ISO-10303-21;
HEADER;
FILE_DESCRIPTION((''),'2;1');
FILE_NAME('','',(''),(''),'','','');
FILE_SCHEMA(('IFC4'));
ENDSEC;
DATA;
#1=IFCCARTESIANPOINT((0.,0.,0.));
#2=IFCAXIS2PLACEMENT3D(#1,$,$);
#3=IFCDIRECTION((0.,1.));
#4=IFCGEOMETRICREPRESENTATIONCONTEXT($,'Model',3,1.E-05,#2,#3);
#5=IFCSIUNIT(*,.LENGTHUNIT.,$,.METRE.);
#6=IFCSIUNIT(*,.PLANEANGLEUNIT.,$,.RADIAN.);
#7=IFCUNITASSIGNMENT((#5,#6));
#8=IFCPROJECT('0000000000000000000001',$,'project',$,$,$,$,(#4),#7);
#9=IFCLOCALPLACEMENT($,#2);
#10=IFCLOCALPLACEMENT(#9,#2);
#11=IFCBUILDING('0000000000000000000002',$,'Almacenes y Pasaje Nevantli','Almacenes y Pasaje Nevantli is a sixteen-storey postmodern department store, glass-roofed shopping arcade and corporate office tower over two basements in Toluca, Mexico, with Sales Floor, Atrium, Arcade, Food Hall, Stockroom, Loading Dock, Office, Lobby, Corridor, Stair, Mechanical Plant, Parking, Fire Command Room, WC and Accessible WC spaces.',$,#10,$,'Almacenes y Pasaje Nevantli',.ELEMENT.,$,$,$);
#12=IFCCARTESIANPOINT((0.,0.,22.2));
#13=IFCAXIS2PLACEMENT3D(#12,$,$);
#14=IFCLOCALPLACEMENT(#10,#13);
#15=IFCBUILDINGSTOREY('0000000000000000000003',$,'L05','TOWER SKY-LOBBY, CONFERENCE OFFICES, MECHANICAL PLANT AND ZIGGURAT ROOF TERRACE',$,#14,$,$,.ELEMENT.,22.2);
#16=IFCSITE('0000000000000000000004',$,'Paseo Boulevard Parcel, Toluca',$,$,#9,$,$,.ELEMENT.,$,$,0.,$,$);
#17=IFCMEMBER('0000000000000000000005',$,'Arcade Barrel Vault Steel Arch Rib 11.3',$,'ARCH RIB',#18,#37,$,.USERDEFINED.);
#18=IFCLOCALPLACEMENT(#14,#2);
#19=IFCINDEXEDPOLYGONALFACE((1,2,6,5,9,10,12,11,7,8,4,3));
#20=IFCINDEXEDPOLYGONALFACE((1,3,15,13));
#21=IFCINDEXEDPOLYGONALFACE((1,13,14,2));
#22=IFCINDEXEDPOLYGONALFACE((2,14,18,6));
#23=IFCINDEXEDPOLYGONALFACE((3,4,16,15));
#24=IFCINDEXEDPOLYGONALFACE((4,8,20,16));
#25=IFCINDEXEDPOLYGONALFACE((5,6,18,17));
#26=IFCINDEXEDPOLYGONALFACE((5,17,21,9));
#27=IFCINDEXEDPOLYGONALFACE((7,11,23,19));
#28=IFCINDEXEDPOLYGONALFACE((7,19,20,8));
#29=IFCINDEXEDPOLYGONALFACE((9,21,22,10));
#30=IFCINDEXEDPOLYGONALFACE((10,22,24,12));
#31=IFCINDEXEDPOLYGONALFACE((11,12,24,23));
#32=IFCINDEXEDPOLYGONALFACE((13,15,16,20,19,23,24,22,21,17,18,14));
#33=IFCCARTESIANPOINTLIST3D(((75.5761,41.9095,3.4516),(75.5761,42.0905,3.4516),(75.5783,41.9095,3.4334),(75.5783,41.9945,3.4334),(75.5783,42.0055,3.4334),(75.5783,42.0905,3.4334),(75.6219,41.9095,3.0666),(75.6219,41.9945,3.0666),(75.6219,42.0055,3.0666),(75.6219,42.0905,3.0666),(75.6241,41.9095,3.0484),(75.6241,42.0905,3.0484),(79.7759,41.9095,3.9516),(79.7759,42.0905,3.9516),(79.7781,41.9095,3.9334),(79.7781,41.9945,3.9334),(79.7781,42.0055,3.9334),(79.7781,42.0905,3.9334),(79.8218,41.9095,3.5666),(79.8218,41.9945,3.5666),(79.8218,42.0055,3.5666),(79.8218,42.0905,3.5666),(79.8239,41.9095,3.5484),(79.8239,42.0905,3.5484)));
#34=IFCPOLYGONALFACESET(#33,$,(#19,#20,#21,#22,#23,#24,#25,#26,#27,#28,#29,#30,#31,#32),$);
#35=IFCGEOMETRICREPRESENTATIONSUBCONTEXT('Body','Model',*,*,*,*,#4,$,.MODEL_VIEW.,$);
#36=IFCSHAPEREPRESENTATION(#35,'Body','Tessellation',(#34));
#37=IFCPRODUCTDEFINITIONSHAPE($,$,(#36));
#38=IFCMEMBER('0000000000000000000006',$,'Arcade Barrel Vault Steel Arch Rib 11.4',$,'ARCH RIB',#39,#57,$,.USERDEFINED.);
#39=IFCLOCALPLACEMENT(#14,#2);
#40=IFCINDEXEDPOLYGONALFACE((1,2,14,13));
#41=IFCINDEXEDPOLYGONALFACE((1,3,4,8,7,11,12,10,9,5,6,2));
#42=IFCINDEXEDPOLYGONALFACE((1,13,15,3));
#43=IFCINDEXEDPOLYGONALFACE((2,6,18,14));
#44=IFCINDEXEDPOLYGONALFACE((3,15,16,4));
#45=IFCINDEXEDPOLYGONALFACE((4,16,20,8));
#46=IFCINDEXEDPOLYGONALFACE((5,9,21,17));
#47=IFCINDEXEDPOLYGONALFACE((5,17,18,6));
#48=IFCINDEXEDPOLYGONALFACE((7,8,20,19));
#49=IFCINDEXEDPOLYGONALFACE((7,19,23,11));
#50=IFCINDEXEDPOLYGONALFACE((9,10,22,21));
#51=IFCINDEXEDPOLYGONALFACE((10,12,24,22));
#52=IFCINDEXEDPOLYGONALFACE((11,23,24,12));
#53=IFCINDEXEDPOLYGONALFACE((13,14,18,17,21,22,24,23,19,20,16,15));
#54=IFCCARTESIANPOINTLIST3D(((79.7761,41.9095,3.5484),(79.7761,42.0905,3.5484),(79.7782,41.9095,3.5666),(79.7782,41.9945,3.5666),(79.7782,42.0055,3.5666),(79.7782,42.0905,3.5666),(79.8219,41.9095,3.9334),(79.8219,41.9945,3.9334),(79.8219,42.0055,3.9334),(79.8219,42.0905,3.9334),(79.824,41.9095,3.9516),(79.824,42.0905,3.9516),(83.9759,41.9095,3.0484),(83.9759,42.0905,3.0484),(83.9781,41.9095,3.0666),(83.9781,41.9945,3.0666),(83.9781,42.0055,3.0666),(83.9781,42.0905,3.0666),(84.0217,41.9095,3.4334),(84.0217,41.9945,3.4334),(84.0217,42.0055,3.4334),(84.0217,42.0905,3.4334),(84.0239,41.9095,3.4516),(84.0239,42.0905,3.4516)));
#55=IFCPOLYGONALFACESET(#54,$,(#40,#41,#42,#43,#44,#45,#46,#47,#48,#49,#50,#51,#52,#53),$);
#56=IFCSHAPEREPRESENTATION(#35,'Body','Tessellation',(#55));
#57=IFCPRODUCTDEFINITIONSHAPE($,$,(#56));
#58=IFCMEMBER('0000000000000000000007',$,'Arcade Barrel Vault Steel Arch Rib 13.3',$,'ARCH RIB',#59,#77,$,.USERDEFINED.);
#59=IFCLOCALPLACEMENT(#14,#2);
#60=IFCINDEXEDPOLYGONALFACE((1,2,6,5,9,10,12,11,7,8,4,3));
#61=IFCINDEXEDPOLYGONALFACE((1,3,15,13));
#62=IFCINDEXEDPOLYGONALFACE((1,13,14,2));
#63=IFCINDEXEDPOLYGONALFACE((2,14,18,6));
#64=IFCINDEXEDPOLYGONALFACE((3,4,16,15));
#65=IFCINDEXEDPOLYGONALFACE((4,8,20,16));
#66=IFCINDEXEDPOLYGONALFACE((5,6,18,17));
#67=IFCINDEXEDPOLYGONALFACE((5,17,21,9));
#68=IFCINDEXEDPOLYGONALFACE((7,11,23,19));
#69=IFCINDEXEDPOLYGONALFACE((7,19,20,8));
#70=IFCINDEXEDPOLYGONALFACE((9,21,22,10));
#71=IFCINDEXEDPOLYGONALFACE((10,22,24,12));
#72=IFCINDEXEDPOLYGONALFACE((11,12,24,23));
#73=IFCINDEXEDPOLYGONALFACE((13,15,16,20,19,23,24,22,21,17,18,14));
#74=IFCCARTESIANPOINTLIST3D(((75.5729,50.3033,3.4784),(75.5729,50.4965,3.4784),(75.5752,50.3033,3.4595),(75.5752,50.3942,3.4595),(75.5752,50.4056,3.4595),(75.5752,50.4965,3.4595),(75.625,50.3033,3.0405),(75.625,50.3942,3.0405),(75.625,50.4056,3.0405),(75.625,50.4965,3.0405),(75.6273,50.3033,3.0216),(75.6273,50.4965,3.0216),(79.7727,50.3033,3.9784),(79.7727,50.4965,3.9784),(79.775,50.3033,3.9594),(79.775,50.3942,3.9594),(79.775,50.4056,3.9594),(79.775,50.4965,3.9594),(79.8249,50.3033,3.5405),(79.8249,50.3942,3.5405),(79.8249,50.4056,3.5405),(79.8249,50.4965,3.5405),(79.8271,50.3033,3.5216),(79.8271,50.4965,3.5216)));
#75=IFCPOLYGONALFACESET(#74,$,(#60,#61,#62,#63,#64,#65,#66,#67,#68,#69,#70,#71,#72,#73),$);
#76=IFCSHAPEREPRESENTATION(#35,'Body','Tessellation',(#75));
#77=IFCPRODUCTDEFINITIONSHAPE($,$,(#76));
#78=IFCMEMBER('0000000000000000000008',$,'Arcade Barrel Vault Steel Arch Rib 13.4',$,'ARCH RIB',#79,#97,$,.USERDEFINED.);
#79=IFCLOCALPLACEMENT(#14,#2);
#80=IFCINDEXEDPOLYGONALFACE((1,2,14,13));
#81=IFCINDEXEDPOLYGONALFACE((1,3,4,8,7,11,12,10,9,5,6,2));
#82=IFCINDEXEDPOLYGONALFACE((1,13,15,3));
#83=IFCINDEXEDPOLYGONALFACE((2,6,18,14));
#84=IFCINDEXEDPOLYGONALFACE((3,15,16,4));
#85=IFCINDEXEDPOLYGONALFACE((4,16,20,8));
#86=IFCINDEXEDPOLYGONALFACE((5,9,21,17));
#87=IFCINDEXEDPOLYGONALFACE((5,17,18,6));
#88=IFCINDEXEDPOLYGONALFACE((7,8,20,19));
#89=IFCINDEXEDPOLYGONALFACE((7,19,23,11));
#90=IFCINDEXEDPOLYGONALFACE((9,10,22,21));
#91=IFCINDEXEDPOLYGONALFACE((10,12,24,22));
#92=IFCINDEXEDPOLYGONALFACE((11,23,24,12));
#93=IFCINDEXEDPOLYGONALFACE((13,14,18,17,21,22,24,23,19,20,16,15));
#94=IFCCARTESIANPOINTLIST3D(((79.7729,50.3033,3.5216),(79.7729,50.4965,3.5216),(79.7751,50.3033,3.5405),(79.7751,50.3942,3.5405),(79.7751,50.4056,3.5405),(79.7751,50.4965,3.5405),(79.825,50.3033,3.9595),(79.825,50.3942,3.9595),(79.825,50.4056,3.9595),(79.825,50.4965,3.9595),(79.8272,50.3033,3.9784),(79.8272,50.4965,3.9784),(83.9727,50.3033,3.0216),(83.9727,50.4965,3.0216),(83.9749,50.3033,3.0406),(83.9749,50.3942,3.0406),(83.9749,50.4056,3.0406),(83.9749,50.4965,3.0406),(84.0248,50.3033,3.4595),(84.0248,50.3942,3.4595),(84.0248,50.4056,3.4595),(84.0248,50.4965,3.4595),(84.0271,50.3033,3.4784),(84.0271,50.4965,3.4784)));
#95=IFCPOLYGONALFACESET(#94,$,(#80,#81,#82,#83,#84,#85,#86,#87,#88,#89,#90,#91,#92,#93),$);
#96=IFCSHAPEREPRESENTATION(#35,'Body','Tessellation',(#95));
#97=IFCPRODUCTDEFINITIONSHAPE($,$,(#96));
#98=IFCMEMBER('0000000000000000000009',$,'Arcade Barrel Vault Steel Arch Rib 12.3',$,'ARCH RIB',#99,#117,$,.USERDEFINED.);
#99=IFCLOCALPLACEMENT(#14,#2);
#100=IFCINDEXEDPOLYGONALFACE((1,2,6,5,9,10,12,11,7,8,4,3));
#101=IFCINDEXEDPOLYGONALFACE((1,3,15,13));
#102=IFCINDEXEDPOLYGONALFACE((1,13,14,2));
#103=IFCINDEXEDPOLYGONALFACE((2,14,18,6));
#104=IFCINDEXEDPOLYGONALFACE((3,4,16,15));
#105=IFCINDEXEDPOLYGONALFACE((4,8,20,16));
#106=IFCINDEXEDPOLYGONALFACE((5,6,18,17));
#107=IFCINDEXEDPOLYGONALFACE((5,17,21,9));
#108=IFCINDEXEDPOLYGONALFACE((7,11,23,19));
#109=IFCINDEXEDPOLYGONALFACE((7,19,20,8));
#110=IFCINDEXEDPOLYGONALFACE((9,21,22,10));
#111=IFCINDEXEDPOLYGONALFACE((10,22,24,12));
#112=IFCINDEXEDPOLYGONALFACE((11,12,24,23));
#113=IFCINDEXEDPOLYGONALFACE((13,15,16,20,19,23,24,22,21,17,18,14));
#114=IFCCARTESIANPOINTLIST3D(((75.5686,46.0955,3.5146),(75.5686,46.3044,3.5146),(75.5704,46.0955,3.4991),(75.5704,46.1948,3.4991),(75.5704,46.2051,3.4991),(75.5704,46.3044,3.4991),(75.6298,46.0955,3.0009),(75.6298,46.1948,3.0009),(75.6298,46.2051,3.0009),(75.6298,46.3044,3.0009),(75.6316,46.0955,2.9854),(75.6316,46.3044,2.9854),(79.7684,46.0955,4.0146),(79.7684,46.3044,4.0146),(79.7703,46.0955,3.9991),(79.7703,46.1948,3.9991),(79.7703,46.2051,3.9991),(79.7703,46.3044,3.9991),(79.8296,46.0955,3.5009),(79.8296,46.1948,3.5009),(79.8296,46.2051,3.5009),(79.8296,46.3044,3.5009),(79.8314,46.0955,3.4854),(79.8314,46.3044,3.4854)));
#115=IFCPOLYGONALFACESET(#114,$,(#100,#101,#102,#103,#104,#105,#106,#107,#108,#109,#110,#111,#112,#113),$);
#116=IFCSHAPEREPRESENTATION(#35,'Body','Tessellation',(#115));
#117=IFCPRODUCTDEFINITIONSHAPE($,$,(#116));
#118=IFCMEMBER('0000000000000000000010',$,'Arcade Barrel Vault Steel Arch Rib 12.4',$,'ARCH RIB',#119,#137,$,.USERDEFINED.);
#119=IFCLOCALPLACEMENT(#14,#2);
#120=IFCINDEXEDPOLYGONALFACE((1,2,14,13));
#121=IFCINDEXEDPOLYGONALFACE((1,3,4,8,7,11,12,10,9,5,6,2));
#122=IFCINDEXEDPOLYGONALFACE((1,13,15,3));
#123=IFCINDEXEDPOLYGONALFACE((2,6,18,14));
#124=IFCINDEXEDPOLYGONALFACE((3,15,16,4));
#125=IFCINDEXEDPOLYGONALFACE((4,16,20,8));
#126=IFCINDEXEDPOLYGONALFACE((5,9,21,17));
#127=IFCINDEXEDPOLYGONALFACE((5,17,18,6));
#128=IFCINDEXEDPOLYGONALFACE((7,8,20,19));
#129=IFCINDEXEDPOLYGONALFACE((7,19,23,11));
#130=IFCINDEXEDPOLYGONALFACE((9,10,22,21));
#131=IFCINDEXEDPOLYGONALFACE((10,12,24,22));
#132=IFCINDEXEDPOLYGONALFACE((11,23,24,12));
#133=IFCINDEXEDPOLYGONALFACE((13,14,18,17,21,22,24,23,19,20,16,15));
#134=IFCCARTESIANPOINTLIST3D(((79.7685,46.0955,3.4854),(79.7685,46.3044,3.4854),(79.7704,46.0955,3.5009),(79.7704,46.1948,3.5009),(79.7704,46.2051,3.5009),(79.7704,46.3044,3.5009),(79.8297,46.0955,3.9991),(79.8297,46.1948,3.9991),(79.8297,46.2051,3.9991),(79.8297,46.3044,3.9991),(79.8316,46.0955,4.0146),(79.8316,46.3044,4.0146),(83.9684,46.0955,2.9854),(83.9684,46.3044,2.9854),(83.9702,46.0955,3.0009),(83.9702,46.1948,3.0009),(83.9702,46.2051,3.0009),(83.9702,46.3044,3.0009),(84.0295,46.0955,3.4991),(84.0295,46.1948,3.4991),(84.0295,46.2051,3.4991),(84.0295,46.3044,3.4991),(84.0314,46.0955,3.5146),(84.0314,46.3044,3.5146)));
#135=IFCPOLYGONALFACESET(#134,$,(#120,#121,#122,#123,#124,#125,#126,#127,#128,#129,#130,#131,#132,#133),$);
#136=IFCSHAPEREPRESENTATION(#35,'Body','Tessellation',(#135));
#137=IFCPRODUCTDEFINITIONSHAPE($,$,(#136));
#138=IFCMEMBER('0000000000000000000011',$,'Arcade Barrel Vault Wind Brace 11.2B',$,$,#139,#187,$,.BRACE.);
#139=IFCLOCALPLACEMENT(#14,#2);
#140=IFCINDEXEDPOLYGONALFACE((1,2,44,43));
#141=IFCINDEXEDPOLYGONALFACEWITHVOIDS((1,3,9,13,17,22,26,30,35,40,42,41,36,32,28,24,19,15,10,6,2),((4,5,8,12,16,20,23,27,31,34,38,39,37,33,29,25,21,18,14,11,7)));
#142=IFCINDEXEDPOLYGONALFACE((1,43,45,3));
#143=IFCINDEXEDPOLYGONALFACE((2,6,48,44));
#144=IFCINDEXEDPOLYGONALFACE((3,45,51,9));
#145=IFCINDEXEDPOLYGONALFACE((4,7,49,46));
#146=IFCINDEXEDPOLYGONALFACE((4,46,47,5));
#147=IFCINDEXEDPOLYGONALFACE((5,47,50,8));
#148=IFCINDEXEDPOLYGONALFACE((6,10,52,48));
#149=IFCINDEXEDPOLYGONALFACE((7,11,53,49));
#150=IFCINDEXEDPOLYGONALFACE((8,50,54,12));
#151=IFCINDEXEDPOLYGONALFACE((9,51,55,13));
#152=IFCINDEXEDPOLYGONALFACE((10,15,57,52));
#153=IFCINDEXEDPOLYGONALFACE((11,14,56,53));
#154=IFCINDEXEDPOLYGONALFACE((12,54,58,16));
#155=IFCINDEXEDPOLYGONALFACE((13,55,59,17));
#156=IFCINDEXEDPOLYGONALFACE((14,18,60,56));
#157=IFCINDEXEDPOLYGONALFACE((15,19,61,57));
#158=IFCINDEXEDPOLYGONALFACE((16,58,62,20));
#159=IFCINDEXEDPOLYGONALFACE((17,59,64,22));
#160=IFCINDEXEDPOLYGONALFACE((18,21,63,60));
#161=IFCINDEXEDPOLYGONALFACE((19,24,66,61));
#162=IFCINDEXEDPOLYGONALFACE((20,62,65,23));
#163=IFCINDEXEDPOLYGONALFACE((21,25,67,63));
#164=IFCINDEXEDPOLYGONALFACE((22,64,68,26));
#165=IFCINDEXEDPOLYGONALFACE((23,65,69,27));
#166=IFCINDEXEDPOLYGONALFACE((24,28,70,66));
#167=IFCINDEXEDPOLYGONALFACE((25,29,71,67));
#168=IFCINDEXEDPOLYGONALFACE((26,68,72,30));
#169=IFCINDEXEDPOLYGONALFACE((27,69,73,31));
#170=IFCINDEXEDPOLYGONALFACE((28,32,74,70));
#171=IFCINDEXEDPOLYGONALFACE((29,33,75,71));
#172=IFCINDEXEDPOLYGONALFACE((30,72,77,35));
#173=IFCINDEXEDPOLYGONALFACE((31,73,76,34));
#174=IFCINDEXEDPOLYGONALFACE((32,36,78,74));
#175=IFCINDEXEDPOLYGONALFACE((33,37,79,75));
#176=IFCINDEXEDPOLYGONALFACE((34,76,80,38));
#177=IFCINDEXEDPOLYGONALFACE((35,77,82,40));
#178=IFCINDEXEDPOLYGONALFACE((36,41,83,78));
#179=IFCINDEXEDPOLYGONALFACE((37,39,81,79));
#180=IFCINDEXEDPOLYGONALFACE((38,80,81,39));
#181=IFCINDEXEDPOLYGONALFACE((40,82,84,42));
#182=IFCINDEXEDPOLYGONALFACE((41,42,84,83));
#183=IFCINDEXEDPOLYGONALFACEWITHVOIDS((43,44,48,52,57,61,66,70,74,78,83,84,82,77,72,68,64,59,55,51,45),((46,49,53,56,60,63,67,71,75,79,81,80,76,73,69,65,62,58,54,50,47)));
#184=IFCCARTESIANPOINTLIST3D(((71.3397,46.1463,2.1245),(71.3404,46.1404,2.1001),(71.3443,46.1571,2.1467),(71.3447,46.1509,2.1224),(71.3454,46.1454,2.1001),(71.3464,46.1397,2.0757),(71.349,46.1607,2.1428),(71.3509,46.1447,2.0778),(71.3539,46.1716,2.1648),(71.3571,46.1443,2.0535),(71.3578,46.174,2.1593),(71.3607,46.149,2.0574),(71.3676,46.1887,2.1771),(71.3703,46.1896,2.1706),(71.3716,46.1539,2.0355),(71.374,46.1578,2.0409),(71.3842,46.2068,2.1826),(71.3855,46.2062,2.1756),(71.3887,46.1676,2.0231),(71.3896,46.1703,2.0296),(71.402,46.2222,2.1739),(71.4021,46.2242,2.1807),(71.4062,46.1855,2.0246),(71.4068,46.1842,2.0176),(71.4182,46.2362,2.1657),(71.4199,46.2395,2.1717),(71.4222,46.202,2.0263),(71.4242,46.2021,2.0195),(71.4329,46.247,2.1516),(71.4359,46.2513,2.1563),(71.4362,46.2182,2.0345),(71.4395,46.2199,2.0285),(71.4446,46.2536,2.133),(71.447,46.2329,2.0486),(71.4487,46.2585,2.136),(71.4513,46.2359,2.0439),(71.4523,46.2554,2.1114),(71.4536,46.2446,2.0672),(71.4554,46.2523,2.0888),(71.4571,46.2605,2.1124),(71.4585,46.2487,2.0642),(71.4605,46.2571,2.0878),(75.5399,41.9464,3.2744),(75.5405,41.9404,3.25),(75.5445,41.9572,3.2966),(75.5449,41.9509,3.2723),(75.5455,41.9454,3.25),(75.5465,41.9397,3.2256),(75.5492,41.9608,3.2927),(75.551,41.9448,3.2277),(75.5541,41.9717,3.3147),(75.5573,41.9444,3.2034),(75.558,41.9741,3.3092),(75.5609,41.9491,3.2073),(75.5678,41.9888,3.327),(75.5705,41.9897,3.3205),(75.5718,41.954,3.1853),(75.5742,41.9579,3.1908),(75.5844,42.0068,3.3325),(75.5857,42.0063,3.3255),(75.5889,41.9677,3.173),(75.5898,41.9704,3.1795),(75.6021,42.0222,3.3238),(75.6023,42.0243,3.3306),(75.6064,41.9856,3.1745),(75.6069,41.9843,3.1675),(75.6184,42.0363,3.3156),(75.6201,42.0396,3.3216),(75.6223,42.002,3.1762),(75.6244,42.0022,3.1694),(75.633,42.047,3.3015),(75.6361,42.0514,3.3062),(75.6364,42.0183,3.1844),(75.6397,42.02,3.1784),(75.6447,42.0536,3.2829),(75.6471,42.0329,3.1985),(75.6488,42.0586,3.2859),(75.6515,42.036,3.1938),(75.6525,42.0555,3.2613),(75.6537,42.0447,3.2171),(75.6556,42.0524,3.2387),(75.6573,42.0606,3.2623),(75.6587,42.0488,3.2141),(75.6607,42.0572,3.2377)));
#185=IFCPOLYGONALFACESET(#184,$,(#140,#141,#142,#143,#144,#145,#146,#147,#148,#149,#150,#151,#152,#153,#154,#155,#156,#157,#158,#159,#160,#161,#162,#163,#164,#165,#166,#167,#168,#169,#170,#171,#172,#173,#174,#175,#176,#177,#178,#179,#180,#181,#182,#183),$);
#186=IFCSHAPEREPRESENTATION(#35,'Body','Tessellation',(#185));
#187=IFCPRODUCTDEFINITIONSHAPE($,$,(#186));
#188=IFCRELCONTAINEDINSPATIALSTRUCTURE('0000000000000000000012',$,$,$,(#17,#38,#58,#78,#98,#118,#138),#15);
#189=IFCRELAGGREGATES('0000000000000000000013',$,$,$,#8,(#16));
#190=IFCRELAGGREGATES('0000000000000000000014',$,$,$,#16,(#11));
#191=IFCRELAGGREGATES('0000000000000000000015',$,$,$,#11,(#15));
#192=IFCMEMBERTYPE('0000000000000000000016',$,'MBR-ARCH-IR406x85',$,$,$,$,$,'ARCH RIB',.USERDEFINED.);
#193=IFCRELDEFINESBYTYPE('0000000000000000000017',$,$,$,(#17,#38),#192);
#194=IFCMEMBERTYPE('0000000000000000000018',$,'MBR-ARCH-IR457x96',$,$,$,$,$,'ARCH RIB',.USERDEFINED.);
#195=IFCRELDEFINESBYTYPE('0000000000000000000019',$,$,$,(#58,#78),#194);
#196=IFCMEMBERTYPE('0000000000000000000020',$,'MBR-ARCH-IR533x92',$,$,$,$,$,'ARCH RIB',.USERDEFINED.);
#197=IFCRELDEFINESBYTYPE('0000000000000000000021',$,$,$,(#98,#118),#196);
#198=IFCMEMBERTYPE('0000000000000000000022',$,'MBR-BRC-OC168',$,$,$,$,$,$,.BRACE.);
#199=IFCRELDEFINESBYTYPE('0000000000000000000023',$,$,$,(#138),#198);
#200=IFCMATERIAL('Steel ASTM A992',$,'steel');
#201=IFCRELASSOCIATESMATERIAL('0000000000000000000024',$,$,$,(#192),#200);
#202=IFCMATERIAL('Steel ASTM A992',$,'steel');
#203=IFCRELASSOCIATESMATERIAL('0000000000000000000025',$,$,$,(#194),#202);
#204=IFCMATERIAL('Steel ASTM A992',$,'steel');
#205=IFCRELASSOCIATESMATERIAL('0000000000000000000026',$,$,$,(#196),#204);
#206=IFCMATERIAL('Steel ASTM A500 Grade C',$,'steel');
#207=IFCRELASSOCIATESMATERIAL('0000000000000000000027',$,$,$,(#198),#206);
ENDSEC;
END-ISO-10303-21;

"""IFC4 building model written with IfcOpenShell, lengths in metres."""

from ifc_helpers import new_model, si_unit, direction, frame, origin, origin_2d, place, context, subcontext, project, spatial, hollow_circle, i_section, extrude, material, material_profile, profile_set, type_object, element, save


model = new_model("IFC4")

# Units and contexts
model_context = context("Model", 3, precision=1e-05, world=origin(), true_north=direction((0.0, 1.0)))
body_context = subcontext(model_context, "Body", "Model", "MODEL_VIEW")
ifc_project = project(units=[si_unit("LENGTHUNIT", "METRE"), si_unit("PLANEANGLEUNIT", "RADIAN")], contexts=[model_context])

# Site, building, storey
site_placement = place(None, origin())
site = spatial("IfcSite", under=ifc_project, at=site_placement, Name="Paseo Boulevard Parcel, Toluca", CompositionType="ELEMENT", RefElevation=0.0)
building_placement = place(site_placement, origin())
building = spatial("IfcBuilding", under=site, at=building_placement, Name="Almacenes y Pasaje Nevantli", Description="Almacenes y Pasaje Nevantli is a sixteen-storey postmodern department store, glass-roofed shopping arcade and corporate office tower over two basements in Toluca, Mexico, with Sales Floor, Atrium, Arcade, Food Hall, Stockroom, Loading Dock, Office, Lobby, Corridor, Stair, Mechanical Plant, Parking, Fire Command Room, WC and Accessible WC spaces.", LongName="Almacenes y Pasaje Nevantli", CompositionType="ELEMENT")
storey_placement = place(building_placement, frame((0.0, 0.0, 22.2)))
storey = spatial("IfcBuildingStorey", under=building, at=storey_placement, Name="L05", Description="TOWER SKY-LOBBY, CONFERENCE OFFICES, MECHANICAL PLANT AND ZIGGURAT ROOF TERRACE", CompositionType="ELEMENT", Elevation=22.2)

# Members
ifc_material_1 = material(Name="Steel ASTM A992", Category="steel")
ifc_material_profile_1 = material_profile(ifc_material_1, i_section(OverallWidth=0.1809, OverallDepth=0.406, WebThickness=0.011, FlangeThickness=0.0183, at=origin_2d()), Name="IR 406x85.0")
ifc_profile_set_1 = profile_set([ifc_material_profile_1], Name="Steel ASTM A992")
member_type_1 = type_object("IfcMemberType", Name="MBR-ARCH-IR406x85", ElementType="ARCH RIB", PredefinedType="USERDEFINED", material=ifc_profile_set_1)
for number, where, z_axis, x_axis, name in (
    (1, (75.6001, 42.0, 3.25), (0.992988, 0.0, 0.118214), (0.0, 1.0, 0.0), "Arcade Barrel Vault Steel Arch Rib 11.3"),
    (2, (79.8, 42.0, 3.75), (0.992988, 0.0, -0.118214), (0.0, 1.0, 0.0), "Arcade Barrel Vault Steel Arch Rib 11.4"),
):
    element("IfcMember", number, at=place(storey_placement, frame(where, z_axis=z_axis, x_axis=x_axis)), inside=storey, type_object=member_type_1, Name=name, ObjectType="ARCH RIB", PredefinedType="USERDEFINED", context=body_context, shape_type="SweptSolid", body=[
        extrude(i_section(OverallWidth=0.1809, OverallDepth=0.406, WebThickness=0.011, FlangeThickness=0.0183, at=origin_2d()), origin(), (0.0, 0.0, 1.0), 4.2295),
    ])
ifc_material_2 = material(Name="Steel ASTM A992", Category="steel")
ifc_material_profile_2 = material_profile(ifc_material_2, i_section(OverallWidth=0.1931, OverallDepth=0.46, WebThickness=0.0115, FlangeThickness=0.019, at=origin_2d()), Name="IR 457x96.7")
ifc_profile_set_2 = profile_set([ifc_material_profile_2], Name="Steel ASTM A992")
member_type_2 = type_object("IfcMemberType", Name="MBR-ARCH-IR457x96", ElementType="ARCH RIB", PredefinedType="USERDEFINED", material=ifc_profile_set_2)
for number, where, z_axis, x_axis, name in (
    (3, (75.6001, 50.3999, 3.25), (0.992988, 0.0, 0.118214), (0.0, 1.0, 0.0), "Arcade Barrel Vault Steel Arch Rib 13.3"),
    (4, (79.8, 50.3999, 3.75), (0.992988, 0.0, -0.118214), (0.0, 1.0, 0.0), "Arcade Barrel Vault Steel Arch Rib 13.4"),
):
    element("IfcMember", number, at=place(storey_placement, frame(where, z_axis=z_axis, x_axis=x_axis)), inside=storey, type_object=member_type_2, Name=name, ObjectType="ARCH RIB", PredefinedType="USERDEFINED", context=body_context, shape_type="SweptSolid", body=[
        extrude(i_section(OverallWidth=0.1931, OverallDepth=0.46, WebThickness=0.0115, FlangeThickness=0.019, at=origin_2d()), origin(), (0.0, 0.0, 1.0), 4.2295),
    ])
ifc_material_3 = material(Name="Steel ASTM A992", Category="steel")
ifc_material_profile_3 = material_profile(ifc_material_3, i_section(OverallWidth=0.209, OverallDepth=0.533, WebThickness=0.0103, FlangeThickness=0.0156, at=origin_2d()), Name="IR 533x92.5")
ifc_profile_set_3 = profile_set([ifc_material_profile_3], Name="Steel ASTM A992")
member_type_3 = type_object("IfcMemberType", Name="MBR-ARCH-IR533x92", ElementType="ARCH RIB", PredefinedType="USERDEFINED", material=ifc_profile_set_3)
for number, where, z_axis, x_axis, name in (
    (5, (75.6001, 46.2, 3.25), (0.992988, 0.0, 0.118214), (0.0, 1.0, 0.0), "Arcade Barrel Vault Steel Arch Rib 12.3"),
    (6, (79.8, 46.2, 3.75), (0.992988, 0.0, -0.118214), (0.0, 1.0, 0.0), "Arcade Barrel Vault Steel Arch Rib 12.4"),
):
    element("IfcMember", number, at=place(storey_placement, frame(where, z_axis=z_axis, x_axis=x_axis)), inside=storey, type_object=member_type_3, Name=name, ObjectType="ARCH RIB", PredefinedType="USERDEFINED", context=body_context, shape_type="SweptSolid", body=[
        extrude(i_section(OverallWidth=0.209, OverallDepth=0.533, WebThickness=0.0103, FlangeThickness=0.0156, at=origin_2d()), origin(), (0.0, 0.0, 1.0), 4.2295),
    ])
ifc_material_4 = material(Name="Steel ASTM A500 Grade C", Category="steel")
ifc_material_profile_4 = material_profile(ifc_material_4, hollow_circle(Radius=0.0842, WallThickness=0.0071, at=origin_2d()), Name="OC 168x7.1")
ifc_profile_set_4 = profile_set([ifc_material_profile_4], Name="Steel ASTM A500 Grade C")
member_type_4 = type_object("IfcMemberType", Name="MBR-BRC-OC168", PredefinedType="BRACE", material=ifc_profile_set_4)
member_1_placement = place(storey_placement, frame((75.6001, 42.0, 3.25), z_axis=(-0.694238, 0.694197, -0.190064), x_axis=(-0.707086, -0.707127, 0.0)))
element("IfcMember", 7, at=member_1_placement, inside=storey, type_object=member_type_4, Name="Arcade Barrel Vault Wind Brace 11.2B", PredefinedType="BRACE", context=body_context, shape_type="SweptSolid", body=[
    extrude(hollow_circle(Radius=0.0842, WallThickness=0.0071, at=origin_2d()), origin(), (0.0, 0.0, 1.0), 6.05),
])

save(model, "model.ifc")
